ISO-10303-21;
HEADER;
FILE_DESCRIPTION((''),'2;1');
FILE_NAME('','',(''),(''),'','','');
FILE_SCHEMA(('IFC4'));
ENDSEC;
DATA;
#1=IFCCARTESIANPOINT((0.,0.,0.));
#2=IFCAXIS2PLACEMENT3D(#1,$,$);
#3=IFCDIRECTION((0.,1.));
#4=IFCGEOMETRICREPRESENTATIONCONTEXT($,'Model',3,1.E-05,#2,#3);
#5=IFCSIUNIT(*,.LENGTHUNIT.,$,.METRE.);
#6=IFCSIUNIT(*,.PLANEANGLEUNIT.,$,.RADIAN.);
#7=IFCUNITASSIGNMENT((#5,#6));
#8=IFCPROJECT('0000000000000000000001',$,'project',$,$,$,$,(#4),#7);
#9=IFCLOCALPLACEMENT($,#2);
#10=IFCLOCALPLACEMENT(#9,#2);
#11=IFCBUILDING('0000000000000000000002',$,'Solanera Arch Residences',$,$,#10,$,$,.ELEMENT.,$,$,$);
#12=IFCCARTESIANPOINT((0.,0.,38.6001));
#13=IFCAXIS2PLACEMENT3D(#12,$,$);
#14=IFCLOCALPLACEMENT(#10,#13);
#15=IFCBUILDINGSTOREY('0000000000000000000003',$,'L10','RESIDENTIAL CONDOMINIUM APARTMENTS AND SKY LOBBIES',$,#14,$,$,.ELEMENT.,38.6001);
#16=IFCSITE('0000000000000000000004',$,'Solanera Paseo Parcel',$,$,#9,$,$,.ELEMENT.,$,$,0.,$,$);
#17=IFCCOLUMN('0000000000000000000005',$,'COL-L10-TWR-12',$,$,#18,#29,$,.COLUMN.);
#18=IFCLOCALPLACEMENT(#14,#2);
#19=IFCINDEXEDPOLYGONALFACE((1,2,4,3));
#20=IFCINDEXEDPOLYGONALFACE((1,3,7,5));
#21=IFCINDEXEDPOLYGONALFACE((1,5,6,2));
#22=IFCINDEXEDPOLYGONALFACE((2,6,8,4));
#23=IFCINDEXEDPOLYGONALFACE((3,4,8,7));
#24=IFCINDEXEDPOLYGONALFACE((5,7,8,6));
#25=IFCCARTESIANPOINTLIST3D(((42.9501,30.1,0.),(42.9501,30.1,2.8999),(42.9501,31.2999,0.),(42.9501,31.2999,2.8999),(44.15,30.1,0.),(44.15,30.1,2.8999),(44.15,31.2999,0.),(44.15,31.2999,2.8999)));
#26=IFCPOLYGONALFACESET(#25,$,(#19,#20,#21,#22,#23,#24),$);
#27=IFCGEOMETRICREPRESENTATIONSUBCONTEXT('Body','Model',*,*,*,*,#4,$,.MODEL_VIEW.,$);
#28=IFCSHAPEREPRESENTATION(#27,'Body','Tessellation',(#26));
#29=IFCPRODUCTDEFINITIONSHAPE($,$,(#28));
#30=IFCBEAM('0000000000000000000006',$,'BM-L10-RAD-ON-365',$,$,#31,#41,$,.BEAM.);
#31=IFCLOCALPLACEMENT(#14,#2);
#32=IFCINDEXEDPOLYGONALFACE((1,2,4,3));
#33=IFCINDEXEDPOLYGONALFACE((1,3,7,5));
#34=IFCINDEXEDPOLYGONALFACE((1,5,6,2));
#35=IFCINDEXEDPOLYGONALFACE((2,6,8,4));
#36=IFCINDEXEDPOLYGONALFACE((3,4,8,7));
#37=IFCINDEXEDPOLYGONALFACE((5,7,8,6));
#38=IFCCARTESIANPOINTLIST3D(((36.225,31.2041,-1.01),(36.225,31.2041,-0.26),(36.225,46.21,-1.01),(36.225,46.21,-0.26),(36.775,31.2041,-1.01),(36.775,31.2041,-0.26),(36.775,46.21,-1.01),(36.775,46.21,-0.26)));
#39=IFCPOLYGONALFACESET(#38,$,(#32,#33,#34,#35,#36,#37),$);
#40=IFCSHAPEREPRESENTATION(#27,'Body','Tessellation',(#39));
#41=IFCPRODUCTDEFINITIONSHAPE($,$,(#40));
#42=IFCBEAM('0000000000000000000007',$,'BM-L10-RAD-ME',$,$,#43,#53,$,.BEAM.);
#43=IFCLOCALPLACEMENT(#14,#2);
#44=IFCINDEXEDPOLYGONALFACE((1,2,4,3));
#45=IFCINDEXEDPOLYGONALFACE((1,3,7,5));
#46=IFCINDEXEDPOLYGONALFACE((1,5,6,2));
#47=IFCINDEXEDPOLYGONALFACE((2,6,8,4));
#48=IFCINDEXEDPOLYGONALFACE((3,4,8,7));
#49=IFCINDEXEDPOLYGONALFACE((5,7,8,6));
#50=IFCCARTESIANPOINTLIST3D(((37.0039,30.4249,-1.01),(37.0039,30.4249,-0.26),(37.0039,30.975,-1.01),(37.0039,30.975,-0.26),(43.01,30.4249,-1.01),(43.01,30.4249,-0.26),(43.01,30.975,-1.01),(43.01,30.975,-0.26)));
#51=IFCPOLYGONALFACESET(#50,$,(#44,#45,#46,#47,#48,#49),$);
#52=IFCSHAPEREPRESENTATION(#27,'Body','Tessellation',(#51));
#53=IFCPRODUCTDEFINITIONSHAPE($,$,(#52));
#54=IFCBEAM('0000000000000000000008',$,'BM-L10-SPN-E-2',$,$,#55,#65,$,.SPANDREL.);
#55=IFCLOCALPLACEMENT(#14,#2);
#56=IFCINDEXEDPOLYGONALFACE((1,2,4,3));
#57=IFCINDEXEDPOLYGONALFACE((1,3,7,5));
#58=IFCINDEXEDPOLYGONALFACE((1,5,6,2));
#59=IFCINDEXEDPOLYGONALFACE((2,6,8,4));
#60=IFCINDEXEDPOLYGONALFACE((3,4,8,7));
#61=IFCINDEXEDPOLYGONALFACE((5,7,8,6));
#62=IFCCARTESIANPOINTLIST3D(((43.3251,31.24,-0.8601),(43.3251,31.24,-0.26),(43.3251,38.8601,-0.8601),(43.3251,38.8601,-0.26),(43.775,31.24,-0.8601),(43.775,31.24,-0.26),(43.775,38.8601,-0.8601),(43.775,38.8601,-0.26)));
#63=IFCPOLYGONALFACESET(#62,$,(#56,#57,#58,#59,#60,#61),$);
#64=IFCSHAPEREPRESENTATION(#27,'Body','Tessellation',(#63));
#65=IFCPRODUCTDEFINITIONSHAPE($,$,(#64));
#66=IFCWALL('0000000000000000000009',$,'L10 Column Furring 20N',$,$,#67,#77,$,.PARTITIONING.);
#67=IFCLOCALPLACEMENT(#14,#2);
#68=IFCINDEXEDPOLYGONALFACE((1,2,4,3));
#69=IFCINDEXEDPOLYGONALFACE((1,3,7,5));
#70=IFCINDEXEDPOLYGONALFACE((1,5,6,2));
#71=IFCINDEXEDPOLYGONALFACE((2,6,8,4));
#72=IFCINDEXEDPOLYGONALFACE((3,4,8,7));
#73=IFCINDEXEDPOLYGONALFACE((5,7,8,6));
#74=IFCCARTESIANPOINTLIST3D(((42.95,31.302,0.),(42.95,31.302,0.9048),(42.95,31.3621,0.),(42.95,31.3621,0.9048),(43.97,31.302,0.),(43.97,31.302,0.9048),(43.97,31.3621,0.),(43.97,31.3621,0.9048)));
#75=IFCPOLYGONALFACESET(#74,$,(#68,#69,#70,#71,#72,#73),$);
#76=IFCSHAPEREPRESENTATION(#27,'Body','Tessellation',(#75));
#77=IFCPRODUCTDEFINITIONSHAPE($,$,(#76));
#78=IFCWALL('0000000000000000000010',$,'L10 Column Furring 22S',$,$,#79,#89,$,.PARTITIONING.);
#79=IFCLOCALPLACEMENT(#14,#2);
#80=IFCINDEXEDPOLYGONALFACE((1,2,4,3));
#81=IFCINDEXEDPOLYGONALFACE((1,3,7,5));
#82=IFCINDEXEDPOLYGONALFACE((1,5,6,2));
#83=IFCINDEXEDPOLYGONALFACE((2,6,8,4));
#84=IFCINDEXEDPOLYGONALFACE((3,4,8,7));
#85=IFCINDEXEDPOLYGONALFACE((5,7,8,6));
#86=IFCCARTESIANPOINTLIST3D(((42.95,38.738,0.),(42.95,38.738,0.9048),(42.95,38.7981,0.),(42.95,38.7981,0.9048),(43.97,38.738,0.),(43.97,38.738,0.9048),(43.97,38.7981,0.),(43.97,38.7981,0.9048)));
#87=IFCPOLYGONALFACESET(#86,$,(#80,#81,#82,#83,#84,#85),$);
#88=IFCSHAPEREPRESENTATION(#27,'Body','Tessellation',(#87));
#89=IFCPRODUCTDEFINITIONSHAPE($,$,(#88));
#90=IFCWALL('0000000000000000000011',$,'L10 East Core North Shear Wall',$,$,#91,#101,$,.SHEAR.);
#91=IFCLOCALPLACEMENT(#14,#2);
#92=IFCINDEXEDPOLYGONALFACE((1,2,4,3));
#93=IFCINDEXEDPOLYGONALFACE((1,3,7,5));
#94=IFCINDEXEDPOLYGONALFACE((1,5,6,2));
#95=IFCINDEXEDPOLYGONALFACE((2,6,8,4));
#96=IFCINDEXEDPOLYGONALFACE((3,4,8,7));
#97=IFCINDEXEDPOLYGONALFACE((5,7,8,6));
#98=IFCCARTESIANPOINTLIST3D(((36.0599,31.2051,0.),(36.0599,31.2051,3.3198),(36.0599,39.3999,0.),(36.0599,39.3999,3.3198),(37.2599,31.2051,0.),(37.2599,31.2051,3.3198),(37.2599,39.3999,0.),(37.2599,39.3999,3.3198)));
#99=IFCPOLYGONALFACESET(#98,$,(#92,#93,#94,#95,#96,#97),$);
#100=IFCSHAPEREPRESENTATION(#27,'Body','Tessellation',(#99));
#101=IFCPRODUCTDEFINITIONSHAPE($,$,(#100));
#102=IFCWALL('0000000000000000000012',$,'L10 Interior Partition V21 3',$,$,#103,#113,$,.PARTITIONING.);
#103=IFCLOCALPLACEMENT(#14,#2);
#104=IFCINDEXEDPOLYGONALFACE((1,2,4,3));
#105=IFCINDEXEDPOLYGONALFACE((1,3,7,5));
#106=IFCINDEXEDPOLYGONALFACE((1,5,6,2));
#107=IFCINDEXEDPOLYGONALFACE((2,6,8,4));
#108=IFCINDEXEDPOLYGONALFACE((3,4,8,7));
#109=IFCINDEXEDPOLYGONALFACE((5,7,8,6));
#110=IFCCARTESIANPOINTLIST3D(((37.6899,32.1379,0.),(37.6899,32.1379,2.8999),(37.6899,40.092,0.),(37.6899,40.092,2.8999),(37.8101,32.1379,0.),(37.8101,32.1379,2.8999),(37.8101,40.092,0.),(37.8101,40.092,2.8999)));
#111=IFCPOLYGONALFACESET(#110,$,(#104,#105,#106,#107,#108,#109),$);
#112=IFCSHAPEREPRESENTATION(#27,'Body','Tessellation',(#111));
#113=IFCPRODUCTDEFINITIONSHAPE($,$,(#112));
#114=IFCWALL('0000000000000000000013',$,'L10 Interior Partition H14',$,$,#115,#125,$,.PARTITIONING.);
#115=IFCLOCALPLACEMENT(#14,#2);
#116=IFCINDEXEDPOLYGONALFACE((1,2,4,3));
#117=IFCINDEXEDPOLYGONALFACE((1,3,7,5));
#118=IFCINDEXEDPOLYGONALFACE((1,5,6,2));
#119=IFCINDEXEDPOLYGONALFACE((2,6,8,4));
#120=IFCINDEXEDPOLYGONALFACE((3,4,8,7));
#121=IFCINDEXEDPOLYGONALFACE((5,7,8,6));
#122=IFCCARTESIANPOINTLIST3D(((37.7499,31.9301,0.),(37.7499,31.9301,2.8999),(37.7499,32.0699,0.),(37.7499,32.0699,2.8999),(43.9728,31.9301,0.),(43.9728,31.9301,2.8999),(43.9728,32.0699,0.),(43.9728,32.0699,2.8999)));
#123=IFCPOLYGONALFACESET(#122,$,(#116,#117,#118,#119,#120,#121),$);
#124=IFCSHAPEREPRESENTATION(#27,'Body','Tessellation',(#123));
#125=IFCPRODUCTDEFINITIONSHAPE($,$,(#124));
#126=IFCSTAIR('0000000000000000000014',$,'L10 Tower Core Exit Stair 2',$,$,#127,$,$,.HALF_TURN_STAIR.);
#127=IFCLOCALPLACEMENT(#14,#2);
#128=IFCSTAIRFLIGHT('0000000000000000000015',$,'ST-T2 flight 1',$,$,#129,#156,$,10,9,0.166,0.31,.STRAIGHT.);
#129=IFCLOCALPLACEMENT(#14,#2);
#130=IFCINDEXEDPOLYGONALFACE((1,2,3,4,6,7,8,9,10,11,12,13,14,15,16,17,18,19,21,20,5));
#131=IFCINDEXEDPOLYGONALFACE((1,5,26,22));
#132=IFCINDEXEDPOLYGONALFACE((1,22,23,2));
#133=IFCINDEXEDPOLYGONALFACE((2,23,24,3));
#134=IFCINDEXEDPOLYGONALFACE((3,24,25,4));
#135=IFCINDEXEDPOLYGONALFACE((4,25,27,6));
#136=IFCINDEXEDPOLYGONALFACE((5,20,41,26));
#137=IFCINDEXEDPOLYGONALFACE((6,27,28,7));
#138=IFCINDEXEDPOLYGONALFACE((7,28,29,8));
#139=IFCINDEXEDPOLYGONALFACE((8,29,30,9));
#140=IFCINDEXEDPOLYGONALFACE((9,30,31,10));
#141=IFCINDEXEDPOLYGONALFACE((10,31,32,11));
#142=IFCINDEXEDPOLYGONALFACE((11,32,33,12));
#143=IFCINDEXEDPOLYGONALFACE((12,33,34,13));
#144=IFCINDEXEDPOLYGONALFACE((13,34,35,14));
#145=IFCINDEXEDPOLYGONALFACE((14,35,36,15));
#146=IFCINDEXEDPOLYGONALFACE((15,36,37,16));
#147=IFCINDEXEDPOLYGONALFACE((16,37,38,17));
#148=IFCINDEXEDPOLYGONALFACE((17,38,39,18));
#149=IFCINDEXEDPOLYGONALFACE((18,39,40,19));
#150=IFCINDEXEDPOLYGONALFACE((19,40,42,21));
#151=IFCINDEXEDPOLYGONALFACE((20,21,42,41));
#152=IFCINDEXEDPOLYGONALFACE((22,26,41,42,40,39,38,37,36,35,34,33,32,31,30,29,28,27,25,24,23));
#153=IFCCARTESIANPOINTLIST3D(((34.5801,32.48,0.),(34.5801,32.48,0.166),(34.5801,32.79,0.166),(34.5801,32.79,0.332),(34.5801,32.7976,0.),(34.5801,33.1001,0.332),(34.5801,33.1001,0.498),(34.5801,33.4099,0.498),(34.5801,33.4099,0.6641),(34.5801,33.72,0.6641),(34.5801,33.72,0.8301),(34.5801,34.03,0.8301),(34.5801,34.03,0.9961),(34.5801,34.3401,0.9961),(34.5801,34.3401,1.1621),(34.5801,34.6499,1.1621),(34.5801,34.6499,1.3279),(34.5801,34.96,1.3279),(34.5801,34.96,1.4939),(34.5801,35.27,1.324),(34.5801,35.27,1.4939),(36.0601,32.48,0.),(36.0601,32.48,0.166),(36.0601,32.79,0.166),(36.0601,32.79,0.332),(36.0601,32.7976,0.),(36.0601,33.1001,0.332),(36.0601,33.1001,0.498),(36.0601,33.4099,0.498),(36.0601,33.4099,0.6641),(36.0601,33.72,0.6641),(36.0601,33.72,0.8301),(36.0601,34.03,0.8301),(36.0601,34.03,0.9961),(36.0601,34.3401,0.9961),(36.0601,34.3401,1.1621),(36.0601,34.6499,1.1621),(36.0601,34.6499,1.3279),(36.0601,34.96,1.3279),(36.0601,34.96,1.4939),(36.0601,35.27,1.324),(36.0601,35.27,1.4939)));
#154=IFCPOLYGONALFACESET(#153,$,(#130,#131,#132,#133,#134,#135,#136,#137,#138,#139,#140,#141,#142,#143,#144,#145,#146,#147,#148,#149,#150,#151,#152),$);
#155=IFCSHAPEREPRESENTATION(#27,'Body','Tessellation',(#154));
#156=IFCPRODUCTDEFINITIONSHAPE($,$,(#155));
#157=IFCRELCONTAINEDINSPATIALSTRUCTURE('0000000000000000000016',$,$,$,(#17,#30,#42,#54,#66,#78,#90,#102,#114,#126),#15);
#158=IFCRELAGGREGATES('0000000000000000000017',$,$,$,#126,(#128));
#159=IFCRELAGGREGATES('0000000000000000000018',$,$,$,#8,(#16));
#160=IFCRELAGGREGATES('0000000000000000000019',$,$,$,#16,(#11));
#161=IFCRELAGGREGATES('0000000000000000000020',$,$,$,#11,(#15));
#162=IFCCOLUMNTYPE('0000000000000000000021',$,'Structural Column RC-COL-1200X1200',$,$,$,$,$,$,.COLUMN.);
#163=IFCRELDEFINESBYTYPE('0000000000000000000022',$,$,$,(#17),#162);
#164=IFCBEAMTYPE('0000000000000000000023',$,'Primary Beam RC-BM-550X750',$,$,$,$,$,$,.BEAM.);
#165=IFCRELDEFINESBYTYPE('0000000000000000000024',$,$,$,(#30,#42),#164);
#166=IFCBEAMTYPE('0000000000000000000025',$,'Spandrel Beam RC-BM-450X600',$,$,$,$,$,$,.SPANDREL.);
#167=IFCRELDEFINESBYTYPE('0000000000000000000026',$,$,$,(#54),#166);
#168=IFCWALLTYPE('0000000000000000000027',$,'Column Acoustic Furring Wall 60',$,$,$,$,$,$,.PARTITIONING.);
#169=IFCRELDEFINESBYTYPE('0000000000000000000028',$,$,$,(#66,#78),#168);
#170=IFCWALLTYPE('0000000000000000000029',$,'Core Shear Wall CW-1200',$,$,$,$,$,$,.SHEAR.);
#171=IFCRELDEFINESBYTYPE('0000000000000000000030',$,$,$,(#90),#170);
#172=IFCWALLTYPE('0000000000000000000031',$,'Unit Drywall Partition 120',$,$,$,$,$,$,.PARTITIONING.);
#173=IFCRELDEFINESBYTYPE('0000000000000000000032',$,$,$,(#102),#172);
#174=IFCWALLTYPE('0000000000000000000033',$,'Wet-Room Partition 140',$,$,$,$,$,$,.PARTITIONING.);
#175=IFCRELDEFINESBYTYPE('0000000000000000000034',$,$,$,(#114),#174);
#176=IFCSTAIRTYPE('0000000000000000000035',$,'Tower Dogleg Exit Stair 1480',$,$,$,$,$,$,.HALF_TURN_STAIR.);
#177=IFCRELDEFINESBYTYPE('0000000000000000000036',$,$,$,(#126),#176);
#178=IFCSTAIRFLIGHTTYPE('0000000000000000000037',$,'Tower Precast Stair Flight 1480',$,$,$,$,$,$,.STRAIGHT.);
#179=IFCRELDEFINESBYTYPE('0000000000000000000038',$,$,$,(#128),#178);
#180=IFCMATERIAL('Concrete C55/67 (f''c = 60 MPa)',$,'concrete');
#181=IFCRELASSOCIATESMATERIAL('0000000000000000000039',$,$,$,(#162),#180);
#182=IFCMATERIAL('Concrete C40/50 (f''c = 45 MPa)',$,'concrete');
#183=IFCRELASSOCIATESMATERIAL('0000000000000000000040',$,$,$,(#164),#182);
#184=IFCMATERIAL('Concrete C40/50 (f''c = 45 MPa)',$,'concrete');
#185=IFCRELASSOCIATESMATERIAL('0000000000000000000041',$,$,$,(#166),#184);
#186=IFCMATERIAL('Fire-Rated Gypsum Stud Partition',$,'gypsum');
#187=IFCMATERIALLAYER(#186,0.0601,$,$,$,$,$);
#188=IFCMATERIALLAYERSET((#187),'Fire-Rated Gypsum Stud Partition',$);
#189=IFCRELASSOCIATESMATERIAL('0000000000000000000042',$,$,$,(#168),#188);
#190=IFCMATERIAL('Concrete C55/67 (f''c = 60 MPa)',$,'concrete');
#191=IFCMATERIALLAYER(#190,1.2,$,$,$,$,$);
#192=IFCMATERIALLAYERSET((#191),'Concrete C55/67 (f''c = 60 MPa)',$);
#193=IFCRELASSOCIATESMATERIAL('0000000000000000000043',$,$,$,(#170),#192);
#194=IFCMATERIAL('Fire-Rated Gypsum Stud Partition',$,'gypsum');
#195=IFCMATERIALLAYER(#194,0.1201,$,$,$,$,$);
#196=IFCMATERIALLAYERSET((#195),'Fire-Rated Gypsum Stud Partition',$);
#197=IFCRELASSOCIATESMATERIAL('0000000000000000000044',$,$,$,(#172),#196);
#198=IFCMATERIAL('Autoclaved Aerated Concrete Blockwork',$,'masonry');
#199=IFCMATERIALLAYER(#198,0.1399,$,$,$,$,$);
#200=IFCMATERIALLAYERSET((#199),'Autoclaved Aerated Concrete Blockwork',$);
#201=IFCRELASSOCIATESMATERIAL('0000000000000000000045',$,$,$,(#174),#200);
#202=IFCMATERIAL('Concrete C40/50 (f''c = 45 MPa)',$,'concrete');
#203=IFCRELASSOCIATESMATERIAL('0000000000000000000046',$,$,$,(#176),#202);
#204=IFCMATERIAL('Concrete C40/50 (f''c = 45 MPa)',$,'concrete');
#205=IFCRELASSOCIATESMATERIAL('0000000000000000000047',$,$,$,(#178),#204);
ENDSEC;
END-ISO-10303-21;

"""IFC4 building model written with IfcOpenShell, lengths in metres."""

from ifc_helpers import new_model, si_unit, direction, frame, frame_2d, origin, origin_2d, place, context, subcontext, project, spatial, polyline, rectangle, outline, extrude, material, layer, layer_set, material_profile, profile_set, type_object, element, aggregate, save


model = new_model("IFC4")

# Units and contexts
model_context = context("Model", 3, precision=1e-05, world=origin(), true_north=direction((0.0, 1.0)))
body_context = subcontext(model_context, "Body", "Model", "MODEL_VIEW")
ifc_project = project(units=[si_unit("LENGTHUNIT", "METRE"), si_unit("PLANEANGLEUNIT", "RADIAN")], contexts=[model_context])

# Site, building, storey
site_placement = place(None, origin())
site = spatial("IfcSite", under=ifc_project, at=site_placement, Name="Solanera Paseo Parcel", CompositionType="ELEMENT", RefElevation=0.0)
building_placement = place(site_placement, origin())
building = spatial("IfcBuilding", under=site, at=building_placement, Name="Solanera Arch Residences", CompositionType="ELEMENT")
storey_placement = place(building_placement, frame((0.0, 0.0, 38.6001)))
storey = spatial("IfcBuildingStorey", under=building, at=storey_placement, Name="L10", Description="RESIDENTIAL CONDOMINIUM APARTMENTS AND SKY LOBBIES", CompositionType="ELEMENT", Elevation=38.6001)

# Column
ifc_material_1 = material(Name="Concrete C55/67 (f'c = 60 MPa)", Category="concrete")
ifc_material_profile_1 = material_profile(ifc_material_1, rectangle(XDim=1.2, YDim=1.2, at=origin_2d()))
ifc_profile_set_1 = profile_set([ifc_material_profile_1], Name="Concrete C55/67 (f'c = 60 MPa)")
column_type = type_object("IfcColumnType", Name="Structural Column RC-COL-1200X1200", PredefinedType="COLUMN", material=ifc_profile_set_1)
column_placement = place(storey_placement, frame((43.55, 30.7, 0.0), z_axis=(0.0, 0.0, 1.0), x_axis=(1.0, 0.0, 0.0)))
element("IfcColumn", 1, at=column_placement, inside=storey, type_object=column_type, Name="COL-L10-TWR-12", PredefinedType="COLUMN", context=body_context, shape_type="SweptSolid", body=[
    extrude(rectangle(XDim=1.2, YDim=1.2, at=origin_2d()), origin(), (0.0, 0.0, 1.0), 2.8999),
])

# Beams
ifc_material_2 = material(Name="Concrete C40/50 (f'c = 45 MPa)", Category="concrete")
ifc_material_profile_2 = material_profile(ifc_material_2, rectangle(XDim=0.55, YDim=0.75, at=origin_2d()))
ifc_profile_set_2 = profile_set([ifc_material_profile_2], Name="Concrete C40/50 (f'c = 45 MPa)")
beam_type_1 = type_object("IfcBeamType", Name="Primary Beam RC-BM-550X750", PredefinedType="BEAM", material=ifc_profile_set_2)
beam_1_placement = place(storey_placement, frame((36.5, 31.2041, -0.635), z_axis=(0.0, 1.0, 0.0), x_axis=(-1.0, 0.0, 0.0)))
element("IfcBeam", 2, at=beam_1_placement, inside=storey, type_object=beam_type_1, Name="BM-L10-RAD-ON-365", PredefinedType="BEAM", context=body_context, shape_type="SweptSolid", body=[
    extrude(rectangle(XDim=0.55, YDim=0.75, at=origin_2d()), origin(), (0.0, 0.0, 1.0), 15.0059),
])
beam_2_placement = place(storey_placement, frame((37.0039, 30.7, -0.635), z_axis=(1.0, 0.0, 0.0), x_axis=(0.0, 1.0, 0.0)))
element("IfcBeam", 3, at=beam_2_placement, inside=storey, type_object=beam_type_1, Name="BM-L10-RAD-ME", PredefinedType="BEAM", context=body_context, shape_type="SweptSolid", body=[
    extrude(rectangle(XDim=0.55, YDim=0.75, at=origin_2d()), origin(), (0.0, 0.0, 1.0), 6.0061),
])
ifc_material_3 = material(Name="Concrete C40/50 (f'c = 45 MPa)", Category="concrete")
ifc_material_profile_3 = material_profile(ifc_material_3, rectangle(XDim=0.45, YDim=0.6001, at=origin_2d()))
ifc_profile_set_3 = profile_set([ifc_material_profile_3], Name="Concrete C40/50 (f'c = 45 MPa)")
beam_type_2 = type_object("IfcBeamType", Name="Spandrel Beam RC-BM-450X600", PredefinedType="SPANDREL", material=ifc_profile_set_3)
beam_3_placement = place(storey_placement, frame((43.55, 31.24, -0.5601), z_axis=(0.0, 1.0, 0.0), x_axis=(-1.0, 0.0, 0.0)))
element("IfcBeam", 4, at=beam_3_placement, inside=storey, type_object=beam_type_2, Name="BM-L10-SPN-E-2", PredefinedType="SPANDREL", context=body_context, shape_type="SweptSolid", body=[
    extrude(rectangle(XDim=0.45, YDim=0.6001, at=origin_2d()), origin(), (0.0, 0.0, 1.0), 7.6201),
])

# Walls
ifc_material_4 = material(Name="Fire-Rated Gypsum Stud Partition", Category="gypsum")
ifc_layer_1 = layer(ifc_material_4, 0.0601)
ifc_layer_set_1 = layer_set([ifc_layer_1], Name="Fire-Rated Gypsum Stud Partition")
wall_type_1 = type_object("IfcWallType", Name="Column Acoustic Furring Wall 60", PredefinedType="PARTITIONING", material=ifc_layer_set_1)
for number, where, z_axis, x_axis, name in (
    (5, (42.95, 31.332, 0.0), (0.0, 0.0, 1.0), (1.0, 0.0, 0.0), "L10 Column Furring 20N"),
    (6, (42.95, 38.7681, 0.0), (0.0, 0.0, 1.0), (1.0, 0.0, 0.0), "L10 Column Furring 22S"),
):
    element("IfcWall", number, at=place(storey_placement, frame(where, z_axis=z_axis, x_axis=x_axis)), inside=storey, type_object=wall_type_1, Name=name, PredefinedType="PARTITIONING", context=body_context, shape_type="SweptSolid", body=[
        extrude(rectangle(XDim=1.02, YDim=0.0601, at=frame_2d((0.51, 0.0))), origin(), (0.0, 0.0, 1.0), 0.9048),
    ])
ifc_material_5 = material(Name="Concrete C55/67 (f'c = 60 MPa)", Category="concrete")
ifc_layer_2 = layer(ifc_material_5, 1.2)
ifc_layer_set_2 = layer_set([ifc_layer_2], Name="Concrete C55/67 (f'c = 60 MPa)")
wall_type_2 = type_object("IfcWallType", Name="Core Shear Wall CW-1200", PredefinedType="SHEAR", material=ifc_layer_set_2)
wall_1_placement = place(storey_placement, frame((36.6599, 31.2051, 0.0), z_axis=(0.0, 0.0, 1.0), x_axis=(0.0, 1.0, 0.0)))
element("IfcWall", 7, at=wall_1_placement, inside=storey, type_object=wall_type_2, Name="L10 East Core North Shear Wall", PredefinedType="SHEAR", context=body_context, shape_type="SweptSolid", body=[
    extrude(rectangle(XDim=8.1948, YDim=1.2, at=frame_2d((4.0974, 0.0))), origin(), (0.0, 0.0, 1.0), 3.3198),
])

# Walls
ifc_material_6 = material(Name="Fire-Rated Gypsum Stud Partition", Category="gypsum")
ifc_layer_3 = layer(ifc_material_6, 0.1201)
ifc_layer_set_3 = layer_set([ifc_layer_3], Name="Fire-Rated Gypsum Stud Partition")
wall_type_3 = type_object("IfcWallType", Name="Unit Drywall Partition 120", PredefinedType="PARTITIONING", material=ifc_layer_set_3)
wall_2_placement = place(storey_placement, frame((37.75, 32.1379, 0.0), z_axis=(0.0, 0.0, 1.0), x_axis=(0.0, 1.0, 0.0)))
element("IfcWall", 8, at=wall_2_placement, inside=storey, type_object=wall_type_3, Name="L10 Interior Partition V21 3", PredefinedType="PARTITIONING", context=body_context, shape_type="SweptSolid", body=[
    extrude(rectangle(XDim=7.9541, YDim=0.1201, at=frame_2d((3.9771, 0.0))), origin(), (0.0, 0.0, 1.0), 2.8999),
])
ifc_material_7 = material(Name="Autoclaved Aerated Concrete Blockwork", Category="masonry")
ifc_layer_4 = layer(ifc_material_7, 0.1399)
ifc_layer_set_4 = layer_set([ifc_layer_4], Name="Autoclaved Aerated Concrete Blockwork")
wall_type_4 = type_object("IfcWallType", Name="Wet-Room Partition 140", PredefinedType="PARTITIONING", material=ifc_layer_set_4)
wall_3_placement = place(storey_placement, frame((37.75, 32.0, 0.0), z_axis=(0.0, 0.0, 1.0), x_axis=(1.0, 0.0, 0.0)))
element("IfcWall", 9, at=wall_3_placement, inside=storey, type_object=wall_type_4, Name="L10 Interior Partition H14", PredefinedType="PARTITIONING", context=body_context, shape_type="SweptSolid", body=[
    extrude(rectangle(XDim=6.2229, YDim=0.1399, at=frame_2d((3.1113, 0.0))), origin(), (0.0, 0.0, 1.0), 2.8999),
])

# Stair, stair flight
ifc_material_8 = material(Name="Concrete C40/50 (f'c = 45 MPa)", Category="concrete")
stair_type = type_object("IfcStairType", Name="Tower Dogleg Exit Stair 1480", PredefinedType="HALF_TURN_STAIR", material=ifc_material_8)
stair_placement = place(storey_placement, origin())
stair = element("IfcStair", 10, at=stair_placement, inside=storey, type_object=stair_type, Name="L10 Tower Core Exit Stair 2", PredefinedType="HALF_TURN_STAIR")
ifc_material_9 = material(Name="Concrete C40/50 (f'c = 45 MPa)", Category="concrete")
stair_flight_type = type_object("IfcStairFlightType", Name="Tower Precast Stair Flight 1480", PredefinedType="STRAIGHT", material=ifc_material_9)
stair_flight_1_placement = place(storey_placement, frame((35.3201, 32.48, 0.0), z_axis=(0.0, 0.0, 1.0), x_axis=(0.0, 1.0, 0.0)))
stair_flight_1 = element("IfcStairFlight", 11, at=stair_flight_1_placement, type_object=stair_flight_type, Name="ST-T2 flight 1", NumberOfRisers=10, NumberOfTreads=9, PredefinedType="STRAIGHT", RiserHeight=0.166, TreadLength=0.31, context=body_context, shape_type="SweptSolid", body=[
    extrude(outline(polyline([(0.0, 0.0), (0.0, 0.166), (0.3101, 0.166), (0.3101, 0.332), (0.6201, 0.332), (0.6201, 0.498), (0.9299, 0.498), (0.9299, 0.6641), (1.24, 0.6641), (1.24, 0.8301), (1.55, 0.8301), (1.55, 0.9961), (1.8601, 0.9961), (1.8601, 1.1621), (2.1699, 1.1621), (2.1699, 1.3279), (2.48, 1.3279), (2.48, 1.4939), (2.79, 1.4939), (2.79, 1.6599), (2.79, 1.324), (0.3176, 0.0), (0.0, 0.0)])), frame((0.0, 0.74, 0.0), z_axis=(0.0, -1.0, 0.0), x_axis=(1.0, 0.0, 0.0)), (0.0, 0.0, 1.0), 1.48),
])
aggregate(stair, [stair_flight_1])

save(model, "model.ifc")
